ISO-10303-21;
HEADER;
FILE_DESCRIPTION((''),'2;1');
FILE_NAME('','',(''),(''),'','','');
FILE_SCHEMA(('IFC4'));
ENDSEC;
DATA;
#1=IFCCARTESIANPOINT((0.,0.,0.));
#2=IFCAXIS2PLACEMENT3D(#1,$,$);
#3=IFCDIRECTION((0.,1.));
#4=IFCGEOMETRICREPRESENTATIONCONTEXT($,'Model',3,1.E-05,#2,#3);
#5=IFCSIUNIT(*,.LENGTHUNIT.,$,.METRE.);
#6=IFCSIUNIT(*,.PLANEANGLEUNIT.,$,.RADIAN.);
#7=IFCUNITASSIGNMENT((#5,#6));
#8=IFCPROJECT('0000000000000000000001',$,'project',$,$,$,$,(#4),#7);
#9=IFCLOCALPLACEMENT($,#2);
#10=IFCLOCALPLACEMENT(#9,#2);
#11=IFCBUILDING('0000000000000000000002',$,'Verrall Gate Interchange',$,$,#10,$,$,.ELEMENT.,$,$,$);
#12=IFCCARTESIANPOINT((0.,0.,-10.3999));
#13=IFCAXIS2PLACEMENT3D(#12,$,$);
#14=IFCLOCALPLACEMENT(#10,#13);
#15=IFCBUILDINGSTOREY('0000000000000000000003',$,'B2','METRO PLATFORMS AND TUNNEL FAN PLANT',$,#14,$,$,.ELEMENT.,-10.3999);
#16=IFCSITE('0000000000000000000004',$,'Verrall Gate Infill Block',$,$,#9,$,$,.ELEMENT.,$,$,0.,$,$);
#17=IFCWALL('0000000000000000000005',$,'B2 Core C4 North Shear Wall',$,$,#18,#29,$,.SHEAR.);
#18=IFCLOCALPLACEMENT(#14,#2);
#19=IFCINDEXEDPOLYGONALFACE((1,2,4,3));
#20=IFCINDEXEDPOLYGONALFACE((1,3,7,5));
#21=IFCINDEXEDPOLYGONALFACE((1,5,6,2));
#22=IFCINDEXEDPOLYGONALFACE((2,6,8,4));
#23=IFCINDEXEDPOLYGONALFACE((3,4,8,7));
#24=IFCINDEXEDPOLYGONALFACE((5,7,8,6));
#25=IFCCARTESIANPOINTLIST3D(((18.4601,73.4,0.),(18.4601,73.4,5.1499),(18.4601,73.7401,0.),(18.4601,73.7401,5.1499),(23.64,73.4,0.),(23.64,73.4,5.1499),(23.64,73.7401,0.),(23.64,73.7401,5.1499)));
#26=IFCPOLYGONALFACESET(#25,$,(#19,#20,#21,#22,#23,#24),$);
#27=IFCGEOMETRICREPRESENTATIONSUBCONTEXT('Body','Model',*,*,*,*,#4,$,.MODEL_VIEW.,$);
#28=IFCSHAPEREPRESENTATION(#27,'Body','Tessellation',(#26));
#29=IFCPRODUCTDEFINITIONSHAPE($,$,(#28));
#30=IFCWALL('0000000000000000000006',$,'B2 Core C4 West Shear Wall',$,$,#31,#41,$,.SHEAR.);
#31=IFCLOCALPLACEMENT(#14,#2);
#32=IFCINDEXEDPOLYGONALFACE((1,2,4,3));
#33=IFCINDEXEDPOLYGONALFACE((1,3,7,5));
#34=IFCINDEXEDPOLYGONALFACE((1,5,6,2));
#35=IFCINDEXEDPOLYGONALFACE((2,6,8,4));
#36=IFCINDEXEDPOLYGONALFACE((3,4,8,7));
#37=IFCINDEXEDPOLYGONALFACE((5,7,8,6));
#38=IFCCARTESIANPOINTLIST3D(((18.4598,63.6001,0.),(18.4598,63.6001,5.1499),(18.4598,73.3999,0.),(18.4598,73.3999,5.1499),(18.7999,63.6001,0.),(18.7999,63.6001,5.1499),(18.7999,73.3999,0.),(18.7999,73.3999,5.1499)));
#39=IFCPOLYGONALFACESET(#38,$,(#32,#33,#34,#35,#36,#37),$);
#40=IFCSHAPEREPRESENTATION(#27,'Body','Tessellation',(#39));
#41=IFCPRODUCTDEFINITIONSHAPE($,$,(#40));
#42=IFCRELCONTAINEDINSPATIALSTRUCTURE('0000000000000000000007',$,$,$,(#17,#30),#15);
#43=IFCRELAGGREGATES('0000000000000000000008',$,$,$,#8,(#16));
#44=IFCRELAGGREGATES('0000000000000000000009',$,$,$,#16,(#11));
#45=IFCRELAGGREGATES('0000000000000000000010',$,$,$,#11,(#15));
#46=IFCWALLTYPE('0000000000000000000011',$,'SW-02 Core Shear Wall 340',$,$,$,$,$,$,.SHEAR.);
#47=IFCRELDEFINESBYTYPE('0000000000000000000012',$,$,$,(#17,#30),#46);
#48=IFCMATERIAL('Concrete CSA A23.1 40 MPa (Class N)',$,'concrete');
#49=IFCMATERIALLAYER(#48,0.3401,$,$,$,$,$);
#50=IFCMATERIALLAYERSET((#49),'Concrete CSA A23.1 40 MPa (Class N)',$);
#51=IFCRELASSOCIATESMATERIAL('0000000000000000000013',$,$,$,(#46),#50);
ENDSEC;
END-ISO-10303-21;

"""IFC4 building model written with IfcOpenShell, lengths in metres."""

from ifc_helpers import new_model, si_unit, direction, frame, frame_2d, origin, place, context, subcontext, project, spatial, rectangle, extrude, material, layer, layer_set, type_object, element, save


model = new_model("IFC4")

# Units and contexts
model_context = context("Model", 3, precision=1e-05, world=origin(), true_north=direction((0.0, 1.0)))
body_context = subcontext(model_context, "Body", "Model", "MODEL_VIEW")
ifc_project = project(units=[si_unit("LENGTHUNIT", "METRE"), si_unit("PLANEANGLEUNIT", "RADIAN")], contexts=[model_context])

# Site, building, storey
site_placement = place(None, origin())
site = spatial("IfcSite", under=ifc_project, at=site_placement, Name="Verrall Gate Infill Block", CompositionType="ELEMENT", RefElevation=0.0)
building_placement = place(site_placement, origin())
building = spatial("IfcBuilding", under=site, at=building_placement, Name="Verrall Gate Interchange", CompositionType="ELEMENT")
storey_placement = place(building_placement, frame((0.0, 0.0, -10.3999)))
storey = spatial("IfcBuildingStorey", under=building, at=storey_placement, Name="B2", Description="METRO PLATFORMS AND TUNNEL FAN PLANT", CompositionType="ELEMENT", Elevation=-10.3999)

# Walls
ifc_material_1 = material(Name="Concrete CSA A23.1 40 MPa (Class N)", Category="concrete")
ifc_layer_1 = layer(ifc_material_1, 0.3401)
ifc_layer_set_1 = layer_set([ifc_layer_1], Name="Concrete CSA A23.1 40 MPa (Class N)")
wall_type_1 = type_object("IfcWallType", Name="SW-02 Core Shear Wall 340", PredefinedType="SHEAR", material=ifc_layer_set_1)
wall_1_placement = place(storey_placement, frame((23.6399, 73.5701, 0.0), z_axis=(0.0, 0.0, 1.0), x_axis=(-1.0, 0.0, 0.0)))
element("IfcWall", 1, at=wall_1_placement, inside=storey, type_object=wall_type_1, Name="B2 Core C4 North Shear Wall", PredefinedType="SHEAR", context=body_context, shape_type="SweptSolid", body=[
    extrude(rectangle(XDim=5.1799, YDim=0.3401, at=frame_2d((2.5898, 0.0))), origin(), (0.0, 0.0, 1.0), 5.1499),
])
wall_2_placement = place(storey_placement, frame((18.6299, 73.3999, 0.0), z_axis=(0.0, 0.0, 1.0), x_axis=(0.0, -1.0, 0.0)))
element("IfcWall", 2, at=wall_2_placement, inside=storey, type_object=wall_type_1, Name="B2 Core C4 West Shear Wall", PredefinedType="SHEAR", context=body_context, shape_type="SweptSolid", body=[
    extrude(rectangle(XDim=9.7998, YDim=0.3401, at=frame_2d((4.8999, 0.0))), origin(), (0.0, 0.0, 1.0), 5.1499),
])

save(model, "model.ifc")
